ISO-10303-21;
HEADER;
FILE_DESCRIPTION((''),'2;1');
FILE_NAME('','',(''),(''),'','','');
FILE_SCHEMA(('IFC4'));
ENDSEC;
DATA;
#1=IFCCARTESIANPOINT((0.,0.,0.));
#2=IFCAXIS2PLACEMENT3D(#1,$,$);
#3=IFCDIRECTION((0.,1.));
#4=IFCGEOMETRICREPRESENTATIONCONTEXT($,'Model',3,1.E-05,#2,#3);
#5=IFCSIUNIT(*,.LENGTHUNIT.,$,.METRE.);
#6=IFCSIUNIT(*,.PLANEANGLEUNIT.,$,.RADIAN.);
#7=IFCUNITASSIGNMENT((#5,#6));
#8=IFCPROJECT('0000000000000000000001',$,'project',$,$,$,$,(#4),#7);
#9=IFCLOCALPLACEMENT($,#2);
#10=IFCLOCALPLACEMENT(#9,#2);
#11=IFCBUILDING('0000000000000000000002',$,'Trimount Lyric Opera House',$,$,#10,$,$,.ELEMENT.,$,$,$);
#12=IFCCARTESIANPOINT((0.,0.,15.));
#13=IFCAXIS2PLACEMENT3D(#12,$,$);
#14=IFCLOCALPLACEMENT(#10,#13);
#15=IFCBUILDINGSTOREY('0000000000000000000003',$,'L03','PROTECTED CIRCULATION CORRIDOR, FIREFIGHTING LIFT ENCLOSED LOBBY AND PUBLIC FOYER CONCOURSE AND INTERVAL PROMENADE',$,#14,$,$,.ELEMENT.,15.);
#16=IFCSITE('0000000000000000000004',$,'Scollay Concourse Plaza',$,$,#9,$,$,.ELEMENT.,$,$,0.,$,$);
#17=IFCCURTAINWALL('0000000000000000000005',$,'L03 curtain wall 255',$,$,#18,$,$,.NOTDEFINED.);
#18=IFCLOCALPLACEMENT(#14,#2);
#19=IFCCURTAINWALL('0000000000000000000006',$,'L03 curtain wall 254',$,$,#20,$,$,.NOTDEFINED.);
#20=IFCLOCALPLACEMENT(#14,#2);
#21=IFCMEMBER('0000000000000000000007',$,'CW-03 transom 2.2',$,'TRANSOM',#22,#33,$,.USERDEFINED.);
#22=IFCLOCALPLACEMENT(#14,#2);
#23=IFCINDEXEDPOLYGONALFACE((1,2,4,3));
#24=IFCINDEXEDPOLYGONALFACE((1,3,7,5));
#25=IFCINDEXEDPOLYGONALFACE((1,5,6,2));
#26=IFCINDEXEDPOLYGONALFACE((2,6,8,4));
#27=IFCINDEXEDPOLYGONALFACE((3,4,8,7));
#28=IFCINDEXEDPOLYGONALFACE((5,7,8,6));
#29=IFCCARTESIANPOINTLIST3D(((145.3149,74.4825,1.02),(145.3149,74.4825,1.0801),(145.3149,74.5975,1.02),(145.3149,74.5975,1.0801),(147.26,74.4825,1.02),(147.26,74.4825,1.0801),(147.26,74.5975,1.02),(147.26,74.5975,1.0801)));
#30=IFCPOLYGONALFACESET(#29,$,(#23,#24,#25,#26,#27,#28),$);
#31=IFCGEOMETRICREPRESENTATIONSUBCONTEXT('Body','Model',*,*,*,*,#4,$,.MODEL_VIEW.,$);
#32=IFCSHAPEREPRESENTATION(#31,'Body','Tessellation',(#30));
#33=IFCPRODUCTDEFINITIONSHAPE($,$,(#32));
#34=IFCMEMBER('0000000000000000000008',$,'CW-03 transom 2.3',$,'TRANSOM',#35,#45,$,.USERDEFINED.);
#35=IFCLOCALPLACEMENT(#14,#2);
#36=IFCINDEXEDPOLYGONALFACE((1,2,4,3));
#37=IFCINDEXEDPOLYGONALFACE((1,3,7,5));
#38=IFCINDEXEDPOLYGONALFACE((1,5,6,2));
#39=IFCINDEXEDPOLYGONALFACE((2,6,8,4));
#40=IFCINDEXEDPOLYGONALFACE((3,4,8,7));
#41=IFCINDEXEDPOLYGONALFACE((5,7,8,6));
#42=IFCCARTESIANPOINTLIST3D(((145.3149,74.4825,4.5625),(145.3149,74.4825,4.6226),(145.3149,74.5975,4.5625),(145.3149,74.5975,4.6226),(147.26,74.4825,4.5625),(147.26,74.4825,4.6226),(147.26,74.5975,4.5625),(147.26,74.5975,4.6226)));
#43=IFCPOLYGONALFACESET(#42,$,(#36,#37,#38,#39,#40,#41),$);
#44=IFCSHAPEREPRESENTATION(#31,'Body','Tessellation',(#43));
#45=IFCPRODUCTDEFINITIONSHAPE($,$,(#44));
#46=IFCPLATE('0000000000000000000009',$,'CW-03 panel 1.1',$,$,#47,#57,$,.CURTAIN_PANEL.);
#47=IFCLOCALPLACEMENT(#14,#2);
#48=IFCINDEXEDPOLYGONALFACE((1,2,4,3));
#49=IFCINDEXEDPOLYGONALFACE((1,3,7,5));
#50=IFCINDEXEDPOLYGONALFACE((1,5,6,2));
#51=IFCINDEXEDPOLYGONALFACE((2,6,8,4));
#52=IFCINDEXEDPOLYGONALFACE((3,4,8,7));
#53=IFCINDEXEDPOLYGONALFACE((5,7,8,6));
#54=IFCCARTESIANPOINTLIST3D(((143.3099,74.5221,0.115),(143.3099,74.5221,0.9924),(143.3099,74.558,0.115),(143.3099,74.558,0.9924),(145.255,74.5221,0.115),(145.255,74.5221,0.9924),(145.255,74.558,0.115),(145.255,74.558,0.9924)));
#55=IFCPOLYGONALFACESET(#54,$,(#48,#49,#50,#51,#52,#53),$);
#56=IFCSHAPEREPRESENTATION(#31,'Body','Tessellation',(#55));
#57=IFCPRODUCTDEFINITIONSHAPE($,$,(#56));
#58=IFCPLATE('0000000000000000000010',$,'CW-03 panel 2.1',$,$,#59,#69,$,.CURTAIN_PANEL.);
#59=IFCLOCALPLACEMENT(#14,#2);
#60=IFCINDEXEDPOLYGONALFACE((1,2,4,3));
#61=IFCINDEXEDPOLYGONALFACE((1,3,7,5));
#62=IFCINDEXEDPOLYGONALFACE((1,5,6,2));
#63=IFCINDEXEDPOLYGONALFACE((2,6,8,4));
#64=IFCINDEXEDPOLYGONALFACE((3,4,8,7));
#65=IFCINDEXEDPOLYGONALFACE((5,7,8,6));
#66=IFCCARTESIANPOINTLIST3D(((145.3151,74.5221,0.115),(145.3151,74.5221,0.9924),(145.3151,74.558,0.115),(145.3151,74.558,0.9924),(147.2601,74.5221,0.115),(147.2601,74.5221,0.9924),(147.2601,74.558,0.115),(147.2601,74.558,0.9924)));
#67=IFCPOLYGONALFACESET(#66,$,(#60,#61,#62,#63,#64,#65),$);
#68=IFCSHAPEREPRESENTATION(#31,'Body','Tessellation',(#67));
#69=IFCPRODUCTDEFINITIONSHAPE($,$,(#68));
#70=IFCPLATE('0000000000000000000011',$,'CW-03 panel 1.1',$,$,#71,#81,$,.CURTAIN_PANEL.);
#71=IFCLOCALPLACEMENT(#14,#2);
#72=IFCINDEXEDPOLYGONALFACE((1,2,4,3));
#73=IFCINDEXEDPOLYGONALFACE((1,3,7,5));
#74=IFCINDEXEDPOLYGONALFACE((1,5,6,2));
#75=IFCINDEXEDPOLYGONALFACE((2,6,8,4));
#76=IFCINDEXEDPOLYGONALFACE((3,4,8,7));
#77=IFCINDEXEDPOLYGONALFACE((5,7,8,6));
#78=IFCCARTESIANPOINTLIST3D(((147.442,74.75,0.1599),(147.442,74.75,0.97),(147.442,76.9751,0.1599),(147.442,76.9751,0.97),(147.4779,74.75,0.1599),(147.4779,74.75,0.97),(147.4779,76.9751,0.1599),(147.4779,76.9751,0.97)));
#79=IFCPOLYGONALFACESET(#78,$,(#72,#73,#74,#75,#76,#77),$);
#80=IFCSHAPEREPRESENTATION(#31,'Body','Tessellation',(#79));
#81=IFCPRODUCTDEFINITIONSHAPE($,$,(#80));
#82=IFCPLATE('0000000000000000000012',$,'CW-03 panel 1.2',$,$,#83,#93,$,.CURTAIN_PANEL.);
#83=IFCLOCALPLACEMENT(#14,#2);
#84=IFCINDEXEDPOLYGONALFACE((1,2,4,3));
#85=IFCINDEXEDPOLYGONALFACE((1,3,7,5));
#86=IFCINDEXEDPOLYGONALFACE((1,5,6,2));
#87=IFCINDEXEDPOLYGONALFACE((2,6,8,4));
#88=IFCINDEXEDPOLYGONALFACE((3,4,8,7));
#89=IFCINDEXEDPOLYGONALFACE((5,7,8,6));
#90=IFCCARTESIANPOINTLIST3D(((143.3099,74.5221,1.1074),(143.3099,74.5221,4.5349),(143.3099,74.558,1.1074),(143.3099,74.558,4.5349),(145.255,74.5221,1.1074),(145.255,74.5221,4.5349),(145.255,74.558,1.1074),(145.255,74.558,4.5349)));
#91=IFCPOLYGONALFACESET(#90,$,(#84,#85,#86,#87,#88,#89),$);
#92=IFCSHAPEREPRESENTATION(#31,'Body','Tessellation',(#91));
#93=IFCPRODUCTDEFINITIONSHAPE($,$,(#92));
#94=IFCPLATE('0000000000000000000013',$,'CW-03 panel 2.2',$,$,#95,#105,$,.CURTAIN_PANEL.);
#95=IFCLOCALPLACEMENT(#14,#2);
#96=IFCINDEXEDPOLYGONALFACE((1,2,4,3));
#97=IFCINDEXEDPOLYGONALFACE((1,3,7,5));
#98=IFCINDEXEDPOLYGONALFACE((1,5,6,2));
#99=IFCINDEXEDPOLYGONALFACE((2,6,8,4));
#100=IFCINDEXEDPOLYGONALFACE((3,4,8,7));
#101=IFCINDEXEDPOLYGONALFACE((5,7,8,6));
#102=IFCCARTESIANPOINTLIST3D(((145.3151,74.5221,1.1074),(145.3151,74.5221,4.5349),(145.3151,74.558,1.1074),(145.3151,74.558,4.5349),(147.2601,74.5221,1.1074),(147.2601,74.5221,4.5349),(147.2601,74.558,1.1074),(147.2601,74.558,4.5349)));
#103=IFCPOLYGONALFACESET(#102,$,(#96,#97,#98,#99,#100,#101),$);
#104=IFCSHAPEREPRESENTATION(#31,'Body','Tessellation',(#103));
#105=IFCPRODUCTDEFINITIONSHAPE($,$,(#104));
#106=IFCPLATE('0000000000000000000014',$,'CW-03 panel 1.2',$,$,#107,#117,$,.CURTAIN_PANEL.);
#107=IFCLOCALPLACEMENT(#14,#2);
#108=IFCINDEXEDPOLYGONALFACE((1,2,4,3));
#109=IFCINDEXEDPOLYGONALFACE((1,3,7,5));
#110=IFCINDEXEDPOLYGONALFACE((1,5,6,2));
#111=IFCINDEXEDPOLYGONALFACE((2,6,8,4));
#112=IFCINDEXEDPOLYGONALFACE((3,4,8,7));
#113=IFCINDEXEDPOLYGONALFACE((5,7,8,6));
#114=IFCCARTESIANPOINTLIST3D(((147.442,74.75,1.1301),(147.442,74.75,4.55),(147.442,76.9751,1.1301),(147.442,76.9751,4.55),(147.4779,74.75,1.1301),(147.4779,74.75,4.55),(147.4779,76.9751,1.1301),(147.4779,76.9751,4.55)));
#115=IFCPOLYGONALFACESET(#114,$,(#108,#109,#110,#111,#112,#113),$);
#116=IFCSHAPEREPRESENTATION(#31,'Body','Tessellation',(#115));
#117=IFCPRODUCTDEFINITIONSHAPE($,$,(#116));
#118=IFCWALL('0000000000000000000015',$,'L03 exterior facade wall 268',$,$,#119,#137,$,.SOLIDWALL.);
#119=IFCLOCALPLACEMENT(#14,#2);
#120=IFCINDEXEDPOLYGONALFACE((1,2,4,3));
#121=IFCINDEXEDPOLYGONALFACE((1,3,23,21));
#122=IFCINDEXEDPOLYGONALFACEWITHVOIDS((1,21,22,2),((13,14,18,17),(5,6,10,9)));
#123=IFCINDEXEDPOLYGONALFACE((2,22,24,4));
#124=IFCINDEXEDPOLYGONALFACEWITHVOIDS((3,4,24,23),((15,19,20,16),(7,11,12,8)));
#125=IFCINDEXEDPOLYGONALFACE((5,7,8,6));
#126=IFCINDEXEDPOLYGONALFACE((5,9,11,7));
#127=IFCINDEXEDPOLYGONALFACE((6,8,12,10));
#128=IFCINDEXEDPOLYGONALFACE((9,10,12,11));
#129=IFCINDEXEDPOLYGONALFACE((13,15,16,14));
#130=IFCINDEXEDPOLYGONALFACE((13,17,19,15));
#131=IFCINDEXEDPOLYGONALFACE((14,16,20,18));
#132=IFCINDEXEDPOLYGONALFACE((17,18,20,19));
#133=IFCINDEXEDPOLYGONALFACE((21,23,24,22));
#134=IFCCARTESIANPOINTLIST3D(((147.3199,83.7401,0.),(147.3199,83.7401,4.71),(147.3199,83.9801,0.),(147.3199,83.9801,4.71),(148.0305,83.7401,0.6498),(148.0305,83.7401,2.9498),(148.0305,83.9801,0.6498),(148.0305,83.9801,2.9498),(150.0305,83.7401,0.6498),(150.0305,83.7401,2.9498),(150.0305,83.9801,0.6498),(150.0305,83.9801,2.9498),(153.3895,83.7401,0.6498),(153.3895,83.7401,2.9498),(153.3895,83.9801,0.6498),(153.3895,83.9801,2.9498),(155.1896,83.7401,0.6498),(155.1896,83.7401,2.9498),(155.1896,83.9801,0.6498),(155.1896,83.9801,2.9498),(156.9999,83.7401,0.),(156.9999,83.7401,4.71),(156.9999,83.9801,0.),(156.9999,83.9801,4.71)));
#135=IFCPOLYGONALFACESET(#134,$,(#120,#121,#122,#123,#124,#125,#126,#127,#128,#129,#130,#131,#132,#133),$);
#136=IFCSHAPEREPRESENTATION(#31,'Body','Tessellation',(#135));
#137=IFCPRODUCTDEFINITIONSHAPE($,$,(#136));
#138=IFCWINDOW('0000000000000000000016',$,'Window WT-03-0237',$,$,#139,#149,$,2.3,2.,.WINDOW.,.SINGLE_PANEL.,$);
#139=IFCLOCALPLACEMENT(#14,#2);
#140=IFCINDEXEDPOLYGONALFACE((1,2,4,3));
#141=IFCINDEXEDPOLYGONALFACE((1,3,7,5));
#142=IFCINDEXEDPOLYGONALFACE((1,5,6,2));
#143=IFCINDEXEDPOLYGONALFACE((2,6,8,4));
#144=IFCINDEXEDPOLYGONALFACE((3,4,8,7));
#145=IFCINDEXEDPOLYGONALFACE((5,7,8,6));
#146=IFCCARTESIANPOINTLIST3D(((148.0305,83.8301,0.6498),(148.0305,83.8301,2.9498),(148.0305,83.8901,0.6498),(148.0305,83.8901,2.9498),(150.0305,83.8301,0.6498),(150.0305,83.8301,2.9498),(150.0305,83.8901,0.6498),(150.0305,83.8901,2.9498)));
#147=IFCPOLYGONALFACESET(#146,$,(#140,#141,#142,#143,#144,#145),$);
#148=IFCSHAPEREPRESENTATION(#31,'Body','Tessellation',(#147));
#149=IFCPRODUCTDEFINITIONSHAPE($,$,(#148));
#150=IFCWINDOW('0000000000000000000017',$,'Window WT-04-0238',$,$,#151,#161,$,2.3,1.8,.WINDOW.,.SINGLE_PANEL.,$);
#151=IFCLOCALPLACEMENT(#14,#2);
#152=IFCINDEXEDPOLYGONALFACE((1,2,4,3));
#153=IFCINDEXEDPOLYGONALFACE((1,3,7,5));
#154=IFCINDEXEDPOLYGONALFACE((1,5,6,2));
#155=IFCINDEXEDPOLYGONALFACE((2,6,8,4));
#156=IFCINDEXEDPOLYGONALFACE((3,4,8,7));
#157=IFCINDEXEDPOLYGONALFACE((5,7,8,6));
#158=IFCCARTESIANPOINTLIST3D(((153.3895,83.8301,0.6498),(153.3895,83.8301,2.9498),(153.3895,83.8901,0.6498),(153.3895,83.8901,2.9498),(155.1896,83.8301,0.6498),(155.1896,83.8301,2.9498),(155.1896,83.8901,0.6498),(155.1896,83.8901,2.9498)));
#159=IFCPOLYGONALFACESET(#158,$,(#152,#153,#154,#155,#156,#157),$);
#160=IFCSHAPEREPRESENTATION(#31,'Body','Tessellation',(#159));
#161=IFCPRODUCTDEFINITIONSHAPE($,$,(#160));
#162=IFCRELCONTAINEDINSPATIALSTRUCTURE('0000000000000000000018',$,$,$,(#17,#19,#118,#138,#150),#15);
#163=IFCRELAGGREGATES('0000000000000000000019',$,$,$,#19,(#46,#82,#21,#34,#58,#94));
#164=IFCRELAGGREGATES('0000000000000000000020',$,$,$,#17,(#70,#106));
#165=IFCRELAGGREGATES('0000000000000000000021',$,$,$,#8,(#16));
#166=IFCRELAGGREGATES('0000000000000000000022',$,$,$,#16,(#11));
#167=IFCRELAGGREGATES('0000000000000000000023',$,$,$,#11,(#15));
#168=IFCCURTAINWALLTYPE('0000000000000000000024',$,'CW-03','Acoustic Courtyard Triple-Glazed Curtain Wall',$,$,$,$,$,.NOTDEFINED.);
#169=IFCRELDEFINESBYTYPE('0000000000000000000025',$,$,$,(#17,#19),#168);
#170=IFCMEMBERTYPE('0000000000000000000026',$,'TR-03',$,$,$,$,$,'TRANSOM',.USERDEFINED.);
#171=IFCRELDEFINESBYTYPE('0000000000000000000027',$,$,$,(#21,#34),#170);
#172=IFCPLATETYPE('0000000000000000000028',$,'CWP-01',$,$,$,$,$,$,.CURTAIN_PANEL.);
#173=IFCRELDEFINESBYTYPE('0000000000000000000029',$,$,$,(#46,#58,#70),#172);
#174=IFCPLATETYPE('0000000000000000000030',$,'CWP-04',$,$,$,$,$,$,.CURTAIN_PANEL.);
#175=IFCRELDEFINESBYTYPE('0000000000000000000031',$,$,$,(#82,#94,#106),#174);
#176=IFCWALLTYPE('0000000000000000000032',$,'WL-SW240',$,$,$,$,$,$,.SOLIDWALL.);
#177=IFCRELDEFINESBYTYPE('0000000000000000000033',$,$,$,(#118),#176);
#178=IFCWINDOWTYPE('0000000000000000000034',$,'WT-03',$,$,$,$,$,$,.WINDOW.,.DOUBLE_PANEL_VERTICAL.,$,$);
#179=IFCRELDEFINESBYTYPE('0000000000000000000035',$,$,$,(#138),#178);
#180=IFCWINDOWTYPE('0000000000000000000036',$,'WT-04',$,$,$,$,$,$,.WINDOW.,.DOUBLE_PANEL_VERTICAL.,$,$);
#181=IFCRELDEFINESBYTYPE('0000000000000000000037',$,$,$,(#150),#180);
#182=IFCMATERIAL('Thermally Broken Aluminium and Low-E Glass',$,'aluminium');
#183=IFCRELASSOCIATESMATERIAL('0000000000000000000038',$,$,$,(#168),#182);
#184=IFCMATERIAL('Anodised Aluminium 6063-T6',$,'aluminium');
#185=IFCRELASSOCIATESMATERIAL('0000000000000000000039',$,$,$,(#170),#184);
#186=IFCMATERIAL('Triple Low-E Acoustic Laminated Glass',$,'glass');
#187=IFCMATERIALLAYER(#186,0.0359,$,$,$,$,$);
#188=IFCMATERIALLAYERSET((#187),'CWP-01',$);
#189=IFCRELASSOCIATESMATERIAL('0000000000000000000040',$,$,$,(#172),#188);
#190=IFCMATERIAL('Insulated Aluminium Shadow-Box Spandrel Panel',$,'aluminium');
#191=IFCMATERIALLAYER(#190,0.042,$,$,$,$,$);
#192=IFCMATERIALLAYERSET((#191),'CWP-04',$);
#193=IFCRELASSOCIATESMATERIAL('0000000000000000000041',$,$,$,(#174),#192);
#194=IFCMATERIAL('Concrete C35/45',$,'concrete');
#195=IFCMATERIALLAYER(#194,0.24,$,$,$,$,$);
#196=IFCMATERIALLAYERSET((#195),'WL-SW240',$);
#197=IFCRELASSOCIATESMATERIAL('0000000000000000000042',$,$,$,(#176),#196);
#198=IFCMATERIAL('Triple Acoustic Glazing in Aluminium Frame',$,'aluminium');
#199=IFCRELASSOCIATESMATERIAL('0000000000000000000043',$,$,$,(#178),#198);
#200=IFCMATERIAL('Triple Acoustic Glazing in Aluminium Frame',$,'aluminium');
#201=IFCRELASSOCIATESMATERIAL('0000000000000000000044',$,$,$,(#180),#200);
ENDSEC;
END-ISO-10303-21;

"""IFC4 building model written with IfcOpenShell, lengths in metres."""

from ifc_helpers import new_model, si_unit, direction, frame, frame_2d, origin, origin_2d, place, context, subcontext, project, spatial, rectangle, extrude, material, layer, layer_set, material_profile, profile_set, type_object, element, fill, aggregate, save


model = new_model("IFC4")

# Units and contexts
model_context = context("Model", 3, precision=1e-05, world=origin(), true_north=direction((0.0, 1.0)))
body_context = subcontext(model_context, "Body", "Model", "MODEL_VIEW")
ifc_project = project(units=[si_unit("LENGTHUNIT", "METRE"), si_unit("PLANEANGLEUNIT", "RADIAN")], contexts=[model_context])

# Site, building, storey
site_placement = place(None, origin())
site = spatial("IfcSite", under=ifc_project, at=site_placement, Name="Scollay Concourse Plaza", CompositionType="ELEMENT", RefElevation=0.0)
building_placement = place(site_placement, origin())
building = spatial("IfcBuilding", under=site, at=building_placement, Name="Trimount Lyric Opera House", CompositionType="ELEMENT")
storey_placement = place(building_placement, frame((0.0, 0.0, 15.0)))
storey = spatial("IfcBuildingStorey", under=building, at=storey_placement, Name="L03", Description="PROTECTED CIRCULATION CORRIDOR, FIREFIGHTING LIFT ENCLOSED LOBBY AND PUBLIC FOYER CONCOURSE AND INTERVAL PROMENADE", CompositionType="ELEMENT", Elevation=15.0)

# Curtain walls
ifc_material_1 = material(Name="Thermally Broken Aluminium and Low-E Glass", Category="aluminium")
curtain_wall_type = type_object("IfcCurtainWallType", Name="CW-03", Description="Acoustic Courtyard Triple-Glazed Curtain Wall", PredefinedType="NOTDEFINED", material=ifc_material_1)
curtain_wall_1_placement = place(storey_placement, origin())
curtain_wall_1 = element("IfcCurtainWall", 1, at=curtain_wall_1_placement, inside=storey, type_object=curtain_wall_type, Name="L03 curtain wall 255", PredefinedType="NOTDEFINED")
curtain_wall_2_placement = place(storey_placement, origin())
curtain_wall_2 = element("IfcCurtainWall", 2, at=curtain_wall_2_placement, inside=storey, type_object=curtain_wall_type, Name="L03 curtain wall 254", PredefinedType="NOTDEFINED")

# Members
ifc_material_2 = material(Name="Anodised Aluminium 6063-T6", Category="aluminium")
ifc_material_profile_1 = material_profile(ifc_material_2, rectangle(XDim=0.115, YDim=0.0601, at=origin_2d()), Name="ALU-TRAN-60X115")
ifc_profile_set_1 = profile_set([ifc_material_profile_1], Name="Anodised Aluminium 6063-T6")
member_type_1 = type_object("IfcMemberType", Name="TR-03", ElementType="TRANSOM", PredefinedType="USERDEFINED", material=ifc_profile_set_1)
member_1_placement = place(storey_placement, frame((145.3149, 74.54, 1.05), z_axis=(1.0, 0.0, 0.0), x_axis=(0.0, 1.0, 0.0)))
member_1 = element("IfcMember", 3, at=member_1_placement, type_object=member_type_1, Name="CW-03 transom 2.2", ObjectType="TRANSOM", PredefinedType="USERDEFINED", context=body_context, shape_type="SweptSolid", body=[
    extrude(rectangle(XDim=0.115, YDim=0.0601, at=origin_2d()), origin(), (0.0, 0.0, 1.0), 1.9451),
])
member_2_placement = place(storey_placement, frame((145.3149, 74.54, 4.5925), z_axis=(1.0, 0.0, 0.0), x_axis=(0.0, 1.0, 0.0)))
member_2 = element("IfcMember", 4, at=member_2_placement, type_object=member_type_1, Name="CW-03 transom 2.3", ObjectType="TRANSOM", PredefinedType="USERDEFINED", context=body_context, shape_type="SweptSolid", body=[
    extrude(rectangle(XDim=0.115, YDim=0.0601, at=origin_2d()), origin(), (0.0, 0.0, 1.0), 1.9451),
])

# Plates
ifc_material_3 = material(Name="Triple Low-E Acoustic Laminated Glass", Category="glass")
ifc_layer_1 = layer(ifc_material_3, 0.0359)
ifc_layer_set_1 = layer_set([ifc_layer_1], Name="CWP-01")
plate_type_1 = type_object("IfcPlateType", Name="CWP-01", PredefinedType="CURTAIN_PANEL", material=ifc_layer_set_1)
plate_1_placement = place(storey_placement, frame((144.2825, 74.54, 0.115), z_axis=(0.0, 0.0, 1.0), x_axis=(1.0, 0.0, 0.0)))
plate_1 = element("IfcPlate", 5, at=plate_1_placement, type_object=plate_type_1, Name="CW-03 panel 1.1", PredefinedType="CURTAIN_PANEL", context=body_context, shape_type="SweptSolid", body=[
    extrude(rectangle(XDim=1.9451, YDim=0.0359, at=origin_2d()), origin(), (0.0, 0.0, 1.0), 0.8774),
])
plate_2_placement = place(storey_placement, frame((146.2876, 74.54, 0.115), z_axis=(0.0, 0.0, 1.0), x_axis=(1.0, 0.0, 0.0)))
plate_2 = element("IfcPlate", 6, at=plate_2_placement, type_object=plate_type_1, Name="CW-03 panel 2.1", PredefinedType="CURTAIN_PANEL", context=body_context, shape_type="SweptSolid", body=[
    extrude(rectangle(XDim=1.9451, YDim=0.0359, at=origin_2d()), origin(), (0.0, 0.0, 1.0), 0.8774),
])
plate_3_placement = place(storey_placement, frame((147.46, 75.8625, 0.1599), z_axis=(0.0, 0.0, 1.0), x_axis=(0.0, 1.0, 0.0)))
plate_3 = element("IfcPlate", 7, at=plate_3_placement, type_object=plate_type_1, Name="CW-03 panel 1.1", PredefinedType="CURTAIN_PANEL", context=body_context, shape_type="SweptSolid", body=[
    extrude(rectangle(XDim=2.2251, YDim=0.0359, at=origin_2d()), origin(), (0.0, 0.0, 1.0), 0.8101),
])
ifc_material_4 = material(Name="Insulated Aluminium Shadow-Box Spandrel Panel", Category="aluminium")
ifc_layer_2 = layer(ifc_material_4, 0.042)
ifc_layer_set_2 = layer_set([ifc_layer_2], Name="CWP-04")
plate_type_2 = type_object("IfcPlateType", Name="CWP-04", PredefinedType="CURTAIN_PANEL", material=ifc_layer_set_2)
plate_4_placement = place(storey_placement, frame((144.2825, 74.54, 1.1074), z_axis=(0.0, 0.0, 1.0), x_axis=(1.0, 0.0, 0.0)))
plate_4 = element("IfcPlate", 8, at=plate_4_placement, type_object=plate_type_2, Name="CW-03 panel 1.2", PredefinedType="CURTAIN_PANEL", context=body_context, shape_type="SweptSolid", body=[
    extrude(rectangle(XDim=1.9451, YDim=0.0359, at=origin_2d()), origin(), (0.0, 0.0, 1.0), 3.4275),
])
plate_5_placement = place(storey_placement, frame((146.2876, 74.54, 1.1074), z_axis=(0.0, 0.0, 1.0), x_axis=(1.0, 0.0, 0.0)))
plate_5 = element("IfcPlate", 9, at=plate_5_placement, type_object=plate_type_2, Name="CW-03 panel 2.2", PredefinedType="CURTAIN_PANEL", context=body_context, shape_type="SweptSolid", body=[
    extrude(rectangle(XDim=1.9451, YDim=0.0359, at=origin_2d()), origin(), (0.0, 0.0, 1.0), 3.4275),
])
aggregate(curtain_wall_2, [plate_1, plate_4, member_1, member_2, plate_2, plate_5])
plate_6_placement = place(storey_placement, frame((147.46, 75.8625, 1.1301), z_axis=(0.0, 0.0, 1.0), x_axis=(0.0, 1.0, 0.0)))
plate_6 = element("IfcPlate", 10, at=plate_6_placement, type_object=plate_type_2, Name="CW-03 panel 1.2", PredefinedType="CURTAIN_PANEL", context=body_context, shape_type="SweptSolid", body=[
    extrude(rectangle(XDim=2.2251, YDim=0.0359, at=origin_2d()), origin(), (0.0, 0.0, 1.0), 3.4199),
])
aggregate(curtain_wall_1, [plate_3, plate_6])

# Wall, openings, windows
ifc_material_5 = material(Name="Concrete C35/45", Category="concrete")
ifc_layer_3 = layer(ifc_material_5, 0.24)
ifc_layer_set_3 = layer_set([ifc_layer_3], Name="WL-SW240")
wall_type = type_object("IfcWallType", Name="WL-SW240", PredefinedType="SOLIDWALL", material=ifc_layer_set_3)
wall_placement = place(storey_placement, frame((147.3201, 83.8601, 0.0), z_axis=(0.0, 0.0, 1.0), x_axis=(1.0, 0.0, 0.0)))
wall = element("IfcWall", 11, at=wall_placement, inside=storey, type_object=wall_type, Name="L03 exterior facade wall 268", PredefinedType="SOLIDWALL", context=body_context, shape_type="SweptSolid", body=[
    extrude(rectangle(XDim=9.6799, YDim=0.24, at=frame_2d((4.8398, 0.0))), origin(), (0.0, 0.0, 1.0), 4.71),
])
opening_1_placement = place(wall_placement, frame((0.7104, 0.0, 0.6499)))
opening_1 = element("IfcOpeningElement", 12, at=opening_1_placement, cuts=wall, PredefinedType="OPENING", context=body_context, shape_type="SweptSolid", body=[
    extrude(rectangle(XDim=2.0, YDim=2.3, at=frame_2d((1.0, 1.1499))), frame((0.0, 0.1299, 0.0), z_axis=(0.0, -1.0, 0.0), x_axis=(1.0, 0.0, 0.0)), (0.0, 0.0, 1.0), 0.26),
])
opening_2_placement = place(wall_placement, frame((6.0696, 0.0, 0.6499)))
opening_2 = element("IfcOpeningElement", 13, at=opening_2_placement, cuts=wall, PredefinedType="OPENING", context=body_context, shape_type="SweptSolid", body=[
    extrude(rectangle(XDim=1.8, YDim=2.3, at=frame_2d((0.8999, 1.1499))), frame((0.0, 0.1299, 0.0), z_axis=(0.0, -1.0, 0.0), x_axis=(1.0, 0.0, 0.0)), (0.0, 0.0, 1.0), 0.26),
])
ifc_material_6 = material(Name="Triple Acoustic Glazing in Aluminium Frame", Category="aluminium")
window_type_1 = type_object("IfcWindowType", Name="WT-03", PartitioningType="DOUBLE_PANEL_VERTICAL", PredefinedType="WINDOW", material=ifc_material_6)
window_1_placement = place(opening_1_placement, origin())
window_1 = element("IfcWindow", 14, at=window_1_placement, inside=storey, type_object=window_type_1, Name="Window WT-03-0237", OverallHeight=2.3, OverallWidth=2.0, PartitioningType="SINGLE_PANEL", PredefinedType="WINDOW", context=body_context, shape_type="SweptSolid", body=[
    extrude(rectangle(XDim=2.0, YDim=2.3, at=frame_2d((1.0, 1.1499))), frame((0.0, 0.03, 0.0), z_axis=(0.0, -1.0, 0.0), x_axis=(1.0, 0.0, 0.0)), (0.0, 0.0, 1.0), 0.0601),
])
fill(opening_1, window_1)
ifc_material_7 = material(Name="Triple Acoustic Glazing in Aluminium Frame", Category="aluminium")
window_type_2 = type_object("IfcWindowType", Name="WT-04", PartitioningType="DOUBLE_PANEL_VERTICAL", PredefinedType="WINDOW", material=ifc_material_7)
window_2_placement = place(opening_2_placement, origin())
window_2 = element("IfcWindow", 15, at=window_2_placement, inside=storey, type_object=window_type_2, Name="Window WT-04-0238", OverallHeight=2.3, OverallWidth=1.8, PartitioningType="SINGLE_PANEL", PredefinedType="WINDOW", context=body_context, shape_type="SweptSolid", body=[
    extrude(rectangle(XDim=1.8, YDim=2.3, at=frame_2d((0.8999, 1.1499))), frame((0.0, 0.03, 0.0), z_axis=(0.0, -1.0, 0.0), x_axis=(1.0, 0.0, 0.0)), (0.0, 0.0, 1.0), 0.0601),
])
fill(opening_2, window_2)

save(model, "model.ifc")
